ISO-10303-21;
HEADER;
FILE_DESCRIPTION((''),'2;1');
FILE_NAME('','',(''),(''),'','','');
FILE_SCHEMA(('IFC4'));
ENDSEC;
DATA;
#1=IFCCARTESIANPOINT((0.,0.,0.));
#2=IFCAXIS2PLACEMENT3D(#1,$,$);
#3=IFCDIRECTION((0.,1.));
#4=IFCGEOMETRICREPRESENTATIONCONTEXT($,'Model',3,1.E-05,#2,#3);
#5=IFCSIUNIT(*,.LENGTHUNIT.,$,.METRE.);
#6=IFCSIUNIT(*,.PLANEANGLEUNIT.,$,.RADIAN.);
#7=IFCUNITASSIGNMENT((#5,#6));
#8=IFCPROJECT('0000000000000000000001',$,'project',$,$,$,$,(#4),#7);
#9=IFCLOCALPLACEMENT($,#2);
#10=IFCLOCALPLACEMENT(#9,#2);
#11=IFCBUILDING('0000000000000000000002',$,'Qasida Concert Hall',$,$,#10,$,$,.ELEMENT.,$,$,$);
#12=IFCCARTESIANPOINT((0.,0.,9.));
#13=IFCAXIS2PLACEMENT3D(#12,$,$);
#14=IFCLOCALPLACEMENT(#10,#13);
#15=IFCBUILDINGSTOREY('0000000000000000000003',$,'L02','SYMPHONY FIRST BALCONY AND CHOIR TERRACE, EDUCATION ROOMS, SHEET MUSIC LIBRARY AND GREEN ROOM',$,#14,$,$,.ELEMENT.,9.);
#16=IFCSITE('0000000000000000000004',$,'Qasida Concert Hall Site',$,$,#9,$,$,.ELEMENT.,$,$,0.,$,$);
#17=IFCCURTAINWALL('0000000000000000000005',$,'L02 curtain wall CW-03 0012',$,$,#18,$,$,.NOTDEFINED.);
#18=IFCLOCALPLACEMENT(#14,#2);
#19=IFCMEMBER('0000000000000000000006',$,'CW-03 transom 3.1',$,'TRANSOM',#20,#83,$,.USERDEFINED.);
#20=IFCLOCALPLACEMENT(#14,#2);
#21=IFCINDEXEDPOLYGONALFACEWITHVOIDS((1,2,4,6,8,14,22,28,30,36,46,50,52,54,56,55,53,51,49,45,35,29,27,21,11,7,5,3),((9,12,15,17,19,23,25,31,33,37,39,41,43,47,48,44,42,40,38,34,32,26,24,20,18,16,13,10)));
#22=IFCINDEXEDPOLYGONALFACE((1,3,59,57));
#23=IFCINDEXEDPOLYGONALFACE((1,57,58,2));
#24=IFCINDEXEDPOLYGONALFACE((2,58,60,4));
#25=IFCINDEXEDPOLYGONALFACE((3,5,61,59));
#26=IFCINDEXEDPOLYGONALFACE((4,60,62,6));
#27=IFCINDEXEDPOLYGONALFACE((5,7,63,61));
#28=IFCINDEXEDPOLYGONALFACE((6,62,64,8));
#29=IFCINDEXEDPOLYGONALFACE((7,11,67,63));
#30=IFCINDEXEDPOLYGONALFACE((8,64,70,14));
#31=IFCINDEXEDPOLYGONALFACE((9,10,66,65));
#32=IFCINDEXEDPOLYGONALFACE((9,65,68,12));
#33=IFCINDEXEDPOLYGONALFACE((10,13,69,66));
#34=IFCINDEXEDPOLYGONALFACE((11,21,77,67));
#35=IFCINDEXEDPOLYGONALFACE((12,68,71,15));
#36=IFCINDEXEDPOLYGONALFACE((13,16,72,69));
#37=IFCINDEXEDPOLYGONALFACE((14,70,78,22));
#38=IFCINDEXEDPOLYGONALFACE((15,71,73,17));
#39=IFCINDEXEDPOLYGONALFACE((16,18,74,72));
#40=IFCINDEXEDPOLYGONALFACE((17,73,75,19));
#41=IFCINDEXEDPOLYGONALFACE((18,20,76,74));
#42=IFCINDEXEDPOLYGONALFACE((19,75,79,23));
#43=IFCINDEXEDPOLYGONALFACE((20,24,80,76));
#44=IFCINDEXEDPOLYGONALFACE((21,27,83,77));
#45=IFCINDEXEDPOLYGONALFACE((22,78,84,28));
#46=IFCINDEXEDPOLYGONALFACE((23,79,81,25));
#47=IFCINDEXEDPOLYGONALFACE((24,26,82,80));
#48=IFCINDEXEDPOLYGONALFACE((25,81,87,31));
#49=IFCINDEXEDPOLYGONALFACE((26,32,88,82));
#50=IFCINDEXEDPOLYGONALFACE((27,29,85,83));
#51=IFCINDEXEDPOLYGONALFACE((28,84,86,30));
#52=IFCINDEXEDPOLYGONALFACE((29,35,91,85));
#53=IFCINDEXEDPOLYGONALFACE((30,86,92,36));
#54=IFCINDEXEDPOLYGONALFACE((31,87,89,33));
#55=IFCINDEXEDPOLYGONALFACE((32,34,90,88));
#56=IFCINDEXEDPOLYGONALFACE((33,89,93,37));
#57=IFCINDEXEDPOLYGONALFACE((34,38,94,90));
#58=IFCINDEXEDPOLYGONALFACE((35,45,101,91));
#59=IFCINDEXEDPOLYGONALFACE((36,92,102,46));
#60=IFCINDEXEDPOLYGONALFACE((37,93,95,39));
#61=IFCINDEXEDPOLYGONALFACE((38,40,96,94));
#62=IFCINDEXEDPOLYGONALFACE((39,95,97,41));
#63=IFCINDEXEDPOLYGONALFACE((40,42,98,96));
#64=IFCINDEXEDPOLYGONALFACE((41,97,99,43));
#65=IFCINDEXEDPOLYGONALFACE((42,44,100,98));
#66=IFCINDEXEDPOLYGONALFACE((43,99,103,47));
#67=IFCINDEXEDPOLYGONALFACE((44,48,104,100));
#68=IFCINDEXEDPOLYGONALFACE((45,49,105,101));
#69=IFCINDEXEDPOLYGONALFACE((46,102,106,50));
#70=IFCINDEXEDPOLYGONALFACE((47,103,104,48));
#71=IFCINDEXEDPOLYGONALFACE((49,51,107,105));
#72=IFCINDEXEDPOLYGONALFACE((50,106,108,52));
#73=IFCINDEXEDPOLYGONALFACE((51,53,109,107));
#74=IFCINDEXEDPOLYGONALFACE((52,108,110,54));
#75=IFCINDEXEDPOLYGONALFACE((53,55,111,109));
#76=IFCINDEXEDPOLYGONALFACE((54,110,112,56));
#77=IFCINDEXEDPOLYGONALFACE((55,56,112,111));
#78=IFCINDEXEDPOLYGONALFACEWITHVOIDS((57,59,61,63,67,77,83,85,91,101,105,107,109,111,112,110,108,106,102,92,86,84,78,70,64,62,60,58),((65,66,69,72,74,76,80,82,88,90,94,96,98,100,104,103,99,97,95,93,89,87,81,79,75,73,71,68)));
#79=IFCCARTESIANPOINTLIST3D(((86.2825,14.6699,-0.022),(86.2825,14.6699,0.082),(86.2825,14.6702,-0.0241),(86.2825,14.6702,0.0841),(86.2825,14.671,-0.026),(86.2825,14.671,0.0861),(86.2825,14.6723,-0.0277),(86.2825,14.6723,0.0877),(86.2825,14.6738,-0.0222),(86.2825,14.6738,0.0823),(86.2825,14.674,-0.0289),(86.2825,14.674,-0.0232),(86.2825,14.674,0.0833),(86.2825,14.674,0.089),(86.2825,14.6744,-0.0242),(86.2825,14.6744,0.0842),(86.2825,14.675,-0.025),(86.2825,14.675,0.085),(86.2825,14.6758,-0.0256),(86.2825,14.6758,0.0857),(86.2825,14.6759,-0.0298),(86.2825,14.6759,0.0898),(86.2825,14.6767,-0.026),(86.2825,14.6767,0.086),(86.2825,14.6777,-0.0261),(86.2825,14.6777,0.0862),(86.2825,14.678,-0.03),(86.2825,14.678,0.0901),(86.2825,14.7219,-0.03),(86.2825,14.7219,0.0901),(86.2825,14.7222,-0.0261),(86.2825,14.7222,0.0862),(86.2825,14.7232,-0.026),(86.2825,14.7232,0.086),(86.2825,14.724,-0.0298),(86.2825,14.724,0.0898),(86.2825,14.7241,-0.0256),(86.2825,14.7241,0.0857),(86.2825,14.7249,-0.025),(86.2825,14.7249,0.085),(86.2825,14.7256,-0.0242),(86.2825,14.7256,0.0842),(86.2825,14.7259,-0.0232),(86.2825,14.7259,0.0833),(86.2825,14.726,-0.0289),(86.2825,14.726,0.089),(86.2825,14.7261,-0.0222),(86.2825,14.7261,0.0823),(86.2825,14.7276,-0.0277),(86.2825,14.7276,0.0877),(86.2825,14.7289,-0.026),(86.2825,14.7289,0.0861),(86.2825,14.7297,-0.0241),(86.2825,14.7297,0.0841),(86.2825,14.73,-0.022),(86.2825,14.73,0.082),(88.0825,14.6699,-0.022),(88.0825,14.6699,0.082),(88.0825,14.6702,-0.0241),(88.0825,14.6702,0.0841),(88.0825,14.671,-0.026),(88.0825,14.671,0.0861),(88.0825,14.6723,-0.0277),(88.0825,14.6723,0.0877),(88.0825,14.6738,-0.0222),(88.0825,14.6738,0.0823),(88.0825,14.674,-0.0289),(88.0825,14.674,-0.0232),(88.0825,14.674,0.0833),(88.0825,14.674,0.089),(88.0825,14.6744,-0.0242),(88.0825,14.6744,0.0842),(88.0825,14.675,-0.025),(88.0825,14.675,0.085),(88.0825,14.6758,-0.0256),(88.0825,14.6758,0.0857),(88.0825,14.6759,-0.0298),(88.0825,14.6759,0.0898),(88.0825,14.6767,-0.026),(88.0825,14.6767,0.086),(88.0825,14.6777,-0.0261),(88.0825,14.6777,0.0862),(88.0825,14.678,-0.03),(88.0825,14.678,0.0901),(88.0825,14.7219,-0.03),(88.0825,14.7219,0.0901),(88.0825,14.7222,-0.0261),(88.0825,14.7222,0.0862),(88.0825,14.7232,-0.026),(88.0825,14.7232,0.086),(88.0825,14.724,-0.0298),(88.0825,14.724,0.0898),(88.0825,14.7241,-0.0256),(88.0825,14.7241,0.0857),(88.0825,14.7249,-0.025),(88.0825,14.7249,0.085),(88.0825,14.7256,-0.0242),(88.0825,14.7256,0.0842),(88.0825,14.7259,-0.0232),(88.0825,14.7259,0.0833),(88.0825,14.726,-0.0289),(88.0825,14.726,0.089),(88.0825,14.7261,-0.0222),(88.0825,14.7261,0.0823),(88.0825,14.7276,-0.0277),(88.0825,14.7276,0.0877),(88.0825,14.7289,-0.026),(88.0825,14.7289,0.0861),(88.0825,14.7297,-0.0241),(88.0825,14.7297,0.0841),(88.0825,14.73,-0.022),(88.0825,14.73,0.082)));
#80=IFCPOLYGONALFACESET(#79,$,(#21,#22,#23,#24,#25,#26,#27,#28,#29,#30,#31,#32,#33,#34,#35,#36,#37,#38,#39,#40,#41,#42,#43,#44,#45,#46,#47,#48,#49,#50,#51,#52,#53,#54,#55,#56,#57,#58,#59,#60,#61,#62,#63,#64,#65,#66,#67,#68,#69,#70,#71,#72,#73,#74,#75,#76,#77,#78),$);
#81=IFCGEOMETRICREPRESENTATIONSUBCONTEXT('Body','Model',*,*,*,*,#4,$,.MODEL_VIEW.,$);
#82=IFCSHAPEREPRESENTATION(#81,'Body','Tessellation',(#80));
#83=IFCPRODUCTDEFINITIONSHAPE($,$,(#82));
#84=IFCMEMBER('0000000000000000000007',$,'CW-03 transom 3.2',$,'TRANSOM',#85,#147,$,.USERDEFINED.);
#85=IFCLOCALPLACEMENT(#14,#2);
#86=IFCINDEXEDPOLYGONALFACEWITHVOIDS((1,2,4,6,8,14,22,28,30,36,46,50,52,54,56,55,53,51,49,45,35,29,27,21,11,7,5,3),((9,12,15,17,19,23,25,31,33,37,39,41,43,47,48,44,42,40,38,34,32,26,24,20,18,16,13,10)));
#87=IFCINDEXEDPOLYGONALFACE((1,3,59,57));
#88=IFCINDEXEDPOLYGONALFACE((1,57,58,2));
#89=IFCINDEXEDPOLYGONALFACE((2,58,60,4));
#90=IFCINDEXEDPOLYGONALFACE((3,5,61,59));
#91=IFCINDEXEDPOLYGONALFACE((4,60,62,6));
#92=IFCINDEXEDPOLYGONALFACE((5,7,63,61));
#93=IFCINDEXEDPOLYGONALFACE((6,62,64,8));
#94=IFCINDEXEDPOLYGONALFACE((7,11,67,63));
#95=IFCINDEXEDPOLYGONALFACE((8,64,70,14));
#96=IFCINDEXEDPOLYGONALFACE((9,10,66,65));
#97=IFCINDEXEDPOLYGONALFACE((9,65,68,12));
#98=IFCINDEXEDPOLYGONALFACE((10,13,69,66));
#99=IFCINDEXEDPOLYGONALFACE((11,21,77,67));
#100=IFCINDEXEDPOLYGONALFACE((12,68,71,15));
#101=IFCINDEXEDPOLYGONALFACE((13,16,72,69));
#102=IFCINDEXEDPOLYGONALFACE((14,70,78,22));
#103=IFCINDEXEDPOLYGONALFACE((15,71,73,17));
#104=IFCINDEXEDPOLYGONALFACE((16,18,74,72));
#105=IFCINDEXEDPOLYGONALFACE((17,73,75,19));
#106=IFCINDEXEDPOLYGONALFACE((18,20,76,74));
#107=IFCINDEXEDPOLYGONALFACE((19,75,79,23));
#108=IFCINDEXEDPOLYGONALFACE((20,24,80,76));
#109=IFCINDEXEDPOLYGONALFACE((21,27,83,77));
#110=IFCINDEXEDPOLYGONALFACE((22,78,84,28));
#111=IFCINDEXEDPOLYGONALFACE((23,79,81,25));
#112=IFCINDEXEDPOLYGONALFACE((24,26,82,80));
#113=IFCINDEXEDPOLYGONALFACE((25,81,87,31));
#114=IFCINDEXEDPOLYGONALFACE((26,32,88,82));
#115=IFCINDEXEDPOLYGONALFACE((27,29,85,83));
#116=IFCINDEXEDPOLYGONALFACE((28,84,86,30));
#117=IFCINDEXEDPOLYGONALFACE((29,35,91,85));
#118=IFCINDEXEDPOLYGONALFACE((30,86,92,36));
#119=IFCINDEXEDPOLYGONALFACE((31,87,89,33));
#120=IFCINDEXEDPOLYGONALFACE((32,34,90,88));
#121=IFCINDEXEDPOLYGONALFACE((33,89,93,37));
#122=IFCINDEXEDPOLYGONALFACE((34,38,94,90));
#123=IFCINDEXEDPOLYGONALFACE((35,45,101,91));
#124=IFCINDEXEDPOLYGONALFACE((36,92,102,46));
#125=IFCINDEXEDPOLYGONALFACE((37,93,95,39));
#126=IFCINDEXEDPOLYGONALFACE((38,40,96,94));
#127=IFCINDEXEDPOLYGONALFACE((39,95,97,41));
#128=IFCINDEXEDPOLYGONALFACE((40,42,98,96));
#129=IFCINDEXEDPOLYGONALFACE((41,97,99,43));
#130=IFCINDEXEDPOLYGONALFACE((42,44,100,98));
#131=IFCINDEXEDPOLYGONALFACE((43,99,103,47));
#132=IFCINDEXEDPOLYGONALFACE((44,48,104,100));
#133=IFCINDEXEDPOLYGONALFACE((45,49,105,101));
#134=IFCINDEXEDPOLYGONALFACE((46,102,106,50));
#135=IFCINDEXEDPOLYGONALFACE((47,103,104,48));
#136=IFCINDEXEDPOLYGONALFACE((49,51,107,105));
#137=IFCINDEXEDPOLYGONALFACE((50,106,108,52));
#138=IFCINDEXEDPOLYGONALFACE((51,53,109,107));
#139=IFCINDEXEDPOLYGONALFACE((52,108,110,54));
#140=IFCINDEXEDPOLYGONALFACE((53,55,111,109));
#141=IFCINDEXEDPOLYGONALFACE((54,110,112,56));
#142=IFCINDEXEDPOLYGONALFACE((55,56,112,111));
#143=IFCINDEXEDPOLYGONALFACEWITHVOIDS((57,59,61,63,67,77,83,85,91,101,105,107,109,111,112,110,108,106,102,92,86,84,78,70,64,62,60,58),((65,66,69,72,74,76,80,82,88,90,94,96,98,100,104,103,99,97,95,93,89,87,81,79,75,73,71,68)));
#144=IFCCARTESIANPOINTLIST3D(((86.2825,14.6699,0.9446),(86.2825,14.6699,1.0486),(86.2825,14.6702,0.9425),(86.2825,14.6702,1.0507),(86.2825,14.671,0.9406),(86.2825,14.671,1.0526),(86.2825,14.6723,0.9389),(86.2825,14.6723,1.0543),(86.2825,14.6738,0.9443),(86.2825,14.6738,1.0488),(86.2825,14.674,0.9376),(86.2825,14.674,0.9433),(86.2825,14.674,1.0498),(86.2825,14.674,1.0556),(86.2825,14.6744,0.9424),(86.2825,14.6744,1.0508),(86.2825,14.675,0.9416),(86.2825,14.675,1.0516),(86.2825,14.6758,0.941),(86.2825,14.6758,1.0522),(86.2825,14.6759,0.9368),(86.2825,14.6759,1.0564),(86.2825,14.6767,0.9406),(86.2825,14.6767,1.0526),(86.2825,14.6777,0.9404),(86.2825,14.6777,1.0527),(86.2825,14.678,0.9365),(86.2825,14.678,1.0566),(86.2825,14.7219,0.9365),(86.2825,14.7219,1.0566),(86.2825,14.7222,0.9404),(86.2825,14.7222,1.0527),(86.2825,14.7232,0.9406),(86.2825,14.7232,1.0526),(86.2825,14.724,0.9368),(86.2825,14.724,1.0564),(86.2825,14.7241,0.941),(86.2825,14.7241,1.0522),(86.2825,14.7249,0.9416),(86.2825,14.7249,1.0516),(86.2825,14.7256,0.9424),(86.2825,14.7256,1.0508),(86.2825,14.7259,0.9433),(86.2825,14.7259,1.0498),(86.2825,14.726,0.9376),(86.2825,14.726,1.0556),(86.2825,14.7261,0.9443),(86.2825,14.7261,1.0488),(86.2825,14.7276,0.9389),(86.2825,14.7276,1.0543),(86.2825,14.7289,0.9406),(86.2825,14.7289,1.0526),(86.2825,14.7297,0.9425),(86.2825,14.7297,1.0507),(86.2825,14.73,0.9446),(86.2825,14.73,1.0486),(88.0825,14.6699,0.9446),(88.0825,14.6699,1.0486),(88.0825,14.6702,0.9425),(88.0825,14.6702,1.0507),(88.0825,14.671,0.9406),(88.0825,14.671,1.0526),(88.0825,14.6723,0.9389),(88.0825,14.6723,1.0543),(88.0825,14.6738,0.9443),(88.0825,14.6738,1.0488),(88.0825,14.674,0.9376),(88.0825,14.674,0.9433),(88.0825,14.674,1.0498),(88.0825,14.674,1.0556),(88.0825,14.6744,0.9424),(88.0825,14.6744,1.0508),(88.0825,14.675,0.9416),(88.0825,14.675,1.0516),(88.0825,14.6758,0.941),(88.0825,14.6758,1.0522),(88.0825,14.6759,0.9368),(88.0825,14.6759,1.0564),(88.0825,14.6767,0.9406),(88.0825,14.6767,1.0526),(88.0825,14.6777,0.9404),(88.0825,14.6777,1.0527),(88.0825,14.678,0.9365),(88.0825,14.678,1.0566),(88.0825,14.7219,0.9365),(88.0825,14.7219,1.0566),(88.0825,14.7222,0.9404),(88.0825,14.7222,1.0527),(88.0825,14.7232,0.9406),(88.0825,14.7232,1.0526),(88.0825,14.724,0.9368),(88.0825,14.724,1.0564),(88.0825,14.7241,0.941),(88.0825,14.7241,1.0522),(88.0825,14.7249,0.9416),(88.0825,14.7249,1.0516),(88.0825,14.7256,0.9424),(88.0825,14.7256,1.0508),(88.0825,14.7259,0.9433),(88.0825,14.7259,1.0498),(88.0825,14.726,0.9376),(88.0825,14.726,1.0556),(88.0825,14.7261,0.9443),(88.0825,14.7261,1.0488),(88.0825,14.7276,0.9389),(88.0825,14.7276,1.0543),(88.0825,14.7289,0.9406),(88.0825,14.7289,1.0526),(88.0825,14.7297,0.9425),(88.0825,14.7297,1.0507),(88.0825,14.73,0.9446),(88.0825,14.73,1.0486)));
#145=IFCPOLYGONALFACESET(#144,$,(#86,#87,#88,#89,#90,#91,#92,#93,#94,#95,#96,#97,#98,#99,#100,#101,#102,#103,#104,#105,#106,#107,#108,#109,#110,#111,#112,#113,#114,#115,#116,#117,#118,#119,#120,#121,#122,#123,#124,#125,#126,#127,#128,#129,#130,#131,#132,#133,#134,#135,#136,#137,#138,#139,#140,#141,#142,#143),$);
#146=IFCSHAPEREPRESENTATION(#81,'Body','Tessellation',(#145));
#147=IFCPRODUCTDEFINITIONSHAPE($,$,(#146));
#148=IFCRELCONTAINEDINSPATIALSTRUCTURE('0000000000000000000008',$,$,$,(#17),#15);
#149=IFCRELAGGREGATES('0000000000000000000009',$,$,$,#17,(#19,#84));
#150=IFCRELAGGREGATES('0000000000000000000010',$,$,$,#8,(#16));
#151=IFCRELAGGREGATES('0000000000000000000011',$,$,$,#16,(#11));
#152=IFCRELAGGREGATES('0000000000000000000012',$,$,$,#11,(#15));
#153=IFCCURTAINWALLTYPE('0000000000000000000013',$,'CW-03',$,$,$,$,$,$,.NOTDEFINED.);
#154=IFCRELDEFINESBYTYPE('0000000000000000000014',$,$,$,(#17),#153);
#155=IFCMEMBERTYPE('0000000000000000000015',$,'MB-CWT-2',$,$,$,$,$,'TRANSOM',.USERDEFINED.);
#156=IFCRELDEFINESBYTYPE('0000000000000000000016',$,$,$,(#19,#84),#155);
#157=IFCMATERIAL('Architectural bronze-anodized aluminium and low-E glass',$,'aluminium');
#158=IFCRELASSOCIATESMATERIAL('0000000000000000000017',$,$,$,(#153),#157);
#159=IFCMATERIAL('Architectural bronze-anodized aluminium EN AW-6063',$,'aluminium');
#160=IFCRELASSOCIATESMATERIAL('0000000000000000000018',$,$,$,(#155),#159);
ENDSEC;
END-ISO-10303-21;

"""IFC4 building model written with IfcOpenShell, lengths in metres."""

from ifc_helpers import new_model, si_unit, direction, frame, origin, origin_2d, place, context, subcontext, project, spatial, hollow_rectangle, extrude, material, material_profile, profile_set, type_object, element, aggregate, save


model = new_model("IFC4")

# Units and contexts
model_context = context("Model", 3, precision=1e-05, world=origin(), true_north=direction((0.0, 1.0)))
body_context = subcontext(model_context, "Body", "Model", "MODEL_VIEW")
ifc_project = project(units=[si_unit("LENGTHUNIT", "METRE"), si_unit("PLANEANGLEUNIT", "RADIAN")], contexts=[model_context])

# Site, building, storey
site_placement = place(None, origin())
site = spatial("IfcSite", under=ifc_project, at=site_placement, Name="Qasida Concert Hall Site", CompositionType="ELEMENT", RefElevation=0.0)
building_placement = place(site_placement, origin())
building = spatial("IfcBuilding", under=site, at=building_placement, Name="Qasida Concert Hall", CompositionType="ELEMENT")
storey_placement = place(building_placement, frame((0.0, 0.0, 9.0)))
storey = spatial("IfcBuildingStorey", under=building, at=storey_placement, Name="L02", Description="SYMPHONY FIRST BALCONY AND CHOIR TERRACE, EDUCATION ROOMS, SHEET MUSIC LIBRARY AND GREEN ROOM", CompositionType="ELEMENT", Elevation=9.0)

# Curtain wall, members
ifc_material_1 = material(Name="Architectural bronze-anodized aluminium and low-E glass", Category="aluminium")
curtain_wall_type = type_object("IfcCurtainWallType", Name="CW-03", PredefinedType="NOTDEFINED", material=ifc_material_1)
curtain_wall_placement = place(storey_placement, origin())
curtain_wall = element("IfcCurtainWall", 1, at=curtain_wall_placement, inside=storey, type_object=curtain_wall_type, Name="L02 curtain wall CW-03 0012", PredefinedType="NOTDEFINED")
ifc_material_2 = material(Name="Architectural bronze-anodized aluminium EN AW-6063", Category="aluminium")
ifc_material_profile_1 = material_profile(ifc_material_2, hollow_rectangle(XDim=0.0601, YDim=0.1201, WallThickness=0.0039, InnerFilletRadius=0.0039, OuterFilletRadius=0.0081, at=origin_2d()), Name="CWT 120x60x4")
ifc_profile_set_1 = profile_set([ifc_material_profile_1], Name="Architectural bronze-anodized aluminium EN AW-6063")
member_type_1 = type_object("IfcMemberType", Name="MB-CWT-2", ElementType="TRANSOM", PredefinedType="USERDEFINED", material=ifc_profile_set_1)
member_1_placement = place(storey_placement, frame((86.2825, 14.7, 0.03), z_axis=(1.0, 0.0, 0.0), x_axis=(0.0, 1.0, 0.0)))
member_1 = element("IfcMember", 2, at=member_1_placement, type_object=member_type_1, Name="CW-03 transom 3.1", ObjectType="TRANSOM", PredefinedType="USERDEFINED", context=body_context, shape_type="SweptSolid", body=[
    extrude(hollow_rectangle(XDim=0.0601, YDim=0.1201, WallThickness=0.0039, InnerFilletRadius=0.0039, OuterFilletRadius=0.0081, at=origin_2d()), origin(), (0.0, 0.0, 1.0), 1.8),
])
member_2_placement = place(storey_placement, frame((86.2825, 14.7, 0.9966), z_axis=(1.0, 0.0, 0.0), x_axis=(0.0, 1.0, 0.0)))
member_2 = element("IfcMember", 3, at=member_2_placement, type_object=member_type_1, Name="CW-03 transom 3.2", ObjectType="TRANSOM", PredefinedType="USERDEFINED", context=body_context, shape_type="SweptSolid", body=[
    extrude(hollow_rectangle(XDim=0.0601, YDim=0.1201, WallThickness=0.0039, InnerFilletRadius=0.0039, OuterFilletRadius=0.0081, at=origin_2d()), origin(), (0.0, 0.0, 1.0), 1.8),
])
aggregate(curtain_wall, [member_1, member_2])

save(model, "model.ifc")
